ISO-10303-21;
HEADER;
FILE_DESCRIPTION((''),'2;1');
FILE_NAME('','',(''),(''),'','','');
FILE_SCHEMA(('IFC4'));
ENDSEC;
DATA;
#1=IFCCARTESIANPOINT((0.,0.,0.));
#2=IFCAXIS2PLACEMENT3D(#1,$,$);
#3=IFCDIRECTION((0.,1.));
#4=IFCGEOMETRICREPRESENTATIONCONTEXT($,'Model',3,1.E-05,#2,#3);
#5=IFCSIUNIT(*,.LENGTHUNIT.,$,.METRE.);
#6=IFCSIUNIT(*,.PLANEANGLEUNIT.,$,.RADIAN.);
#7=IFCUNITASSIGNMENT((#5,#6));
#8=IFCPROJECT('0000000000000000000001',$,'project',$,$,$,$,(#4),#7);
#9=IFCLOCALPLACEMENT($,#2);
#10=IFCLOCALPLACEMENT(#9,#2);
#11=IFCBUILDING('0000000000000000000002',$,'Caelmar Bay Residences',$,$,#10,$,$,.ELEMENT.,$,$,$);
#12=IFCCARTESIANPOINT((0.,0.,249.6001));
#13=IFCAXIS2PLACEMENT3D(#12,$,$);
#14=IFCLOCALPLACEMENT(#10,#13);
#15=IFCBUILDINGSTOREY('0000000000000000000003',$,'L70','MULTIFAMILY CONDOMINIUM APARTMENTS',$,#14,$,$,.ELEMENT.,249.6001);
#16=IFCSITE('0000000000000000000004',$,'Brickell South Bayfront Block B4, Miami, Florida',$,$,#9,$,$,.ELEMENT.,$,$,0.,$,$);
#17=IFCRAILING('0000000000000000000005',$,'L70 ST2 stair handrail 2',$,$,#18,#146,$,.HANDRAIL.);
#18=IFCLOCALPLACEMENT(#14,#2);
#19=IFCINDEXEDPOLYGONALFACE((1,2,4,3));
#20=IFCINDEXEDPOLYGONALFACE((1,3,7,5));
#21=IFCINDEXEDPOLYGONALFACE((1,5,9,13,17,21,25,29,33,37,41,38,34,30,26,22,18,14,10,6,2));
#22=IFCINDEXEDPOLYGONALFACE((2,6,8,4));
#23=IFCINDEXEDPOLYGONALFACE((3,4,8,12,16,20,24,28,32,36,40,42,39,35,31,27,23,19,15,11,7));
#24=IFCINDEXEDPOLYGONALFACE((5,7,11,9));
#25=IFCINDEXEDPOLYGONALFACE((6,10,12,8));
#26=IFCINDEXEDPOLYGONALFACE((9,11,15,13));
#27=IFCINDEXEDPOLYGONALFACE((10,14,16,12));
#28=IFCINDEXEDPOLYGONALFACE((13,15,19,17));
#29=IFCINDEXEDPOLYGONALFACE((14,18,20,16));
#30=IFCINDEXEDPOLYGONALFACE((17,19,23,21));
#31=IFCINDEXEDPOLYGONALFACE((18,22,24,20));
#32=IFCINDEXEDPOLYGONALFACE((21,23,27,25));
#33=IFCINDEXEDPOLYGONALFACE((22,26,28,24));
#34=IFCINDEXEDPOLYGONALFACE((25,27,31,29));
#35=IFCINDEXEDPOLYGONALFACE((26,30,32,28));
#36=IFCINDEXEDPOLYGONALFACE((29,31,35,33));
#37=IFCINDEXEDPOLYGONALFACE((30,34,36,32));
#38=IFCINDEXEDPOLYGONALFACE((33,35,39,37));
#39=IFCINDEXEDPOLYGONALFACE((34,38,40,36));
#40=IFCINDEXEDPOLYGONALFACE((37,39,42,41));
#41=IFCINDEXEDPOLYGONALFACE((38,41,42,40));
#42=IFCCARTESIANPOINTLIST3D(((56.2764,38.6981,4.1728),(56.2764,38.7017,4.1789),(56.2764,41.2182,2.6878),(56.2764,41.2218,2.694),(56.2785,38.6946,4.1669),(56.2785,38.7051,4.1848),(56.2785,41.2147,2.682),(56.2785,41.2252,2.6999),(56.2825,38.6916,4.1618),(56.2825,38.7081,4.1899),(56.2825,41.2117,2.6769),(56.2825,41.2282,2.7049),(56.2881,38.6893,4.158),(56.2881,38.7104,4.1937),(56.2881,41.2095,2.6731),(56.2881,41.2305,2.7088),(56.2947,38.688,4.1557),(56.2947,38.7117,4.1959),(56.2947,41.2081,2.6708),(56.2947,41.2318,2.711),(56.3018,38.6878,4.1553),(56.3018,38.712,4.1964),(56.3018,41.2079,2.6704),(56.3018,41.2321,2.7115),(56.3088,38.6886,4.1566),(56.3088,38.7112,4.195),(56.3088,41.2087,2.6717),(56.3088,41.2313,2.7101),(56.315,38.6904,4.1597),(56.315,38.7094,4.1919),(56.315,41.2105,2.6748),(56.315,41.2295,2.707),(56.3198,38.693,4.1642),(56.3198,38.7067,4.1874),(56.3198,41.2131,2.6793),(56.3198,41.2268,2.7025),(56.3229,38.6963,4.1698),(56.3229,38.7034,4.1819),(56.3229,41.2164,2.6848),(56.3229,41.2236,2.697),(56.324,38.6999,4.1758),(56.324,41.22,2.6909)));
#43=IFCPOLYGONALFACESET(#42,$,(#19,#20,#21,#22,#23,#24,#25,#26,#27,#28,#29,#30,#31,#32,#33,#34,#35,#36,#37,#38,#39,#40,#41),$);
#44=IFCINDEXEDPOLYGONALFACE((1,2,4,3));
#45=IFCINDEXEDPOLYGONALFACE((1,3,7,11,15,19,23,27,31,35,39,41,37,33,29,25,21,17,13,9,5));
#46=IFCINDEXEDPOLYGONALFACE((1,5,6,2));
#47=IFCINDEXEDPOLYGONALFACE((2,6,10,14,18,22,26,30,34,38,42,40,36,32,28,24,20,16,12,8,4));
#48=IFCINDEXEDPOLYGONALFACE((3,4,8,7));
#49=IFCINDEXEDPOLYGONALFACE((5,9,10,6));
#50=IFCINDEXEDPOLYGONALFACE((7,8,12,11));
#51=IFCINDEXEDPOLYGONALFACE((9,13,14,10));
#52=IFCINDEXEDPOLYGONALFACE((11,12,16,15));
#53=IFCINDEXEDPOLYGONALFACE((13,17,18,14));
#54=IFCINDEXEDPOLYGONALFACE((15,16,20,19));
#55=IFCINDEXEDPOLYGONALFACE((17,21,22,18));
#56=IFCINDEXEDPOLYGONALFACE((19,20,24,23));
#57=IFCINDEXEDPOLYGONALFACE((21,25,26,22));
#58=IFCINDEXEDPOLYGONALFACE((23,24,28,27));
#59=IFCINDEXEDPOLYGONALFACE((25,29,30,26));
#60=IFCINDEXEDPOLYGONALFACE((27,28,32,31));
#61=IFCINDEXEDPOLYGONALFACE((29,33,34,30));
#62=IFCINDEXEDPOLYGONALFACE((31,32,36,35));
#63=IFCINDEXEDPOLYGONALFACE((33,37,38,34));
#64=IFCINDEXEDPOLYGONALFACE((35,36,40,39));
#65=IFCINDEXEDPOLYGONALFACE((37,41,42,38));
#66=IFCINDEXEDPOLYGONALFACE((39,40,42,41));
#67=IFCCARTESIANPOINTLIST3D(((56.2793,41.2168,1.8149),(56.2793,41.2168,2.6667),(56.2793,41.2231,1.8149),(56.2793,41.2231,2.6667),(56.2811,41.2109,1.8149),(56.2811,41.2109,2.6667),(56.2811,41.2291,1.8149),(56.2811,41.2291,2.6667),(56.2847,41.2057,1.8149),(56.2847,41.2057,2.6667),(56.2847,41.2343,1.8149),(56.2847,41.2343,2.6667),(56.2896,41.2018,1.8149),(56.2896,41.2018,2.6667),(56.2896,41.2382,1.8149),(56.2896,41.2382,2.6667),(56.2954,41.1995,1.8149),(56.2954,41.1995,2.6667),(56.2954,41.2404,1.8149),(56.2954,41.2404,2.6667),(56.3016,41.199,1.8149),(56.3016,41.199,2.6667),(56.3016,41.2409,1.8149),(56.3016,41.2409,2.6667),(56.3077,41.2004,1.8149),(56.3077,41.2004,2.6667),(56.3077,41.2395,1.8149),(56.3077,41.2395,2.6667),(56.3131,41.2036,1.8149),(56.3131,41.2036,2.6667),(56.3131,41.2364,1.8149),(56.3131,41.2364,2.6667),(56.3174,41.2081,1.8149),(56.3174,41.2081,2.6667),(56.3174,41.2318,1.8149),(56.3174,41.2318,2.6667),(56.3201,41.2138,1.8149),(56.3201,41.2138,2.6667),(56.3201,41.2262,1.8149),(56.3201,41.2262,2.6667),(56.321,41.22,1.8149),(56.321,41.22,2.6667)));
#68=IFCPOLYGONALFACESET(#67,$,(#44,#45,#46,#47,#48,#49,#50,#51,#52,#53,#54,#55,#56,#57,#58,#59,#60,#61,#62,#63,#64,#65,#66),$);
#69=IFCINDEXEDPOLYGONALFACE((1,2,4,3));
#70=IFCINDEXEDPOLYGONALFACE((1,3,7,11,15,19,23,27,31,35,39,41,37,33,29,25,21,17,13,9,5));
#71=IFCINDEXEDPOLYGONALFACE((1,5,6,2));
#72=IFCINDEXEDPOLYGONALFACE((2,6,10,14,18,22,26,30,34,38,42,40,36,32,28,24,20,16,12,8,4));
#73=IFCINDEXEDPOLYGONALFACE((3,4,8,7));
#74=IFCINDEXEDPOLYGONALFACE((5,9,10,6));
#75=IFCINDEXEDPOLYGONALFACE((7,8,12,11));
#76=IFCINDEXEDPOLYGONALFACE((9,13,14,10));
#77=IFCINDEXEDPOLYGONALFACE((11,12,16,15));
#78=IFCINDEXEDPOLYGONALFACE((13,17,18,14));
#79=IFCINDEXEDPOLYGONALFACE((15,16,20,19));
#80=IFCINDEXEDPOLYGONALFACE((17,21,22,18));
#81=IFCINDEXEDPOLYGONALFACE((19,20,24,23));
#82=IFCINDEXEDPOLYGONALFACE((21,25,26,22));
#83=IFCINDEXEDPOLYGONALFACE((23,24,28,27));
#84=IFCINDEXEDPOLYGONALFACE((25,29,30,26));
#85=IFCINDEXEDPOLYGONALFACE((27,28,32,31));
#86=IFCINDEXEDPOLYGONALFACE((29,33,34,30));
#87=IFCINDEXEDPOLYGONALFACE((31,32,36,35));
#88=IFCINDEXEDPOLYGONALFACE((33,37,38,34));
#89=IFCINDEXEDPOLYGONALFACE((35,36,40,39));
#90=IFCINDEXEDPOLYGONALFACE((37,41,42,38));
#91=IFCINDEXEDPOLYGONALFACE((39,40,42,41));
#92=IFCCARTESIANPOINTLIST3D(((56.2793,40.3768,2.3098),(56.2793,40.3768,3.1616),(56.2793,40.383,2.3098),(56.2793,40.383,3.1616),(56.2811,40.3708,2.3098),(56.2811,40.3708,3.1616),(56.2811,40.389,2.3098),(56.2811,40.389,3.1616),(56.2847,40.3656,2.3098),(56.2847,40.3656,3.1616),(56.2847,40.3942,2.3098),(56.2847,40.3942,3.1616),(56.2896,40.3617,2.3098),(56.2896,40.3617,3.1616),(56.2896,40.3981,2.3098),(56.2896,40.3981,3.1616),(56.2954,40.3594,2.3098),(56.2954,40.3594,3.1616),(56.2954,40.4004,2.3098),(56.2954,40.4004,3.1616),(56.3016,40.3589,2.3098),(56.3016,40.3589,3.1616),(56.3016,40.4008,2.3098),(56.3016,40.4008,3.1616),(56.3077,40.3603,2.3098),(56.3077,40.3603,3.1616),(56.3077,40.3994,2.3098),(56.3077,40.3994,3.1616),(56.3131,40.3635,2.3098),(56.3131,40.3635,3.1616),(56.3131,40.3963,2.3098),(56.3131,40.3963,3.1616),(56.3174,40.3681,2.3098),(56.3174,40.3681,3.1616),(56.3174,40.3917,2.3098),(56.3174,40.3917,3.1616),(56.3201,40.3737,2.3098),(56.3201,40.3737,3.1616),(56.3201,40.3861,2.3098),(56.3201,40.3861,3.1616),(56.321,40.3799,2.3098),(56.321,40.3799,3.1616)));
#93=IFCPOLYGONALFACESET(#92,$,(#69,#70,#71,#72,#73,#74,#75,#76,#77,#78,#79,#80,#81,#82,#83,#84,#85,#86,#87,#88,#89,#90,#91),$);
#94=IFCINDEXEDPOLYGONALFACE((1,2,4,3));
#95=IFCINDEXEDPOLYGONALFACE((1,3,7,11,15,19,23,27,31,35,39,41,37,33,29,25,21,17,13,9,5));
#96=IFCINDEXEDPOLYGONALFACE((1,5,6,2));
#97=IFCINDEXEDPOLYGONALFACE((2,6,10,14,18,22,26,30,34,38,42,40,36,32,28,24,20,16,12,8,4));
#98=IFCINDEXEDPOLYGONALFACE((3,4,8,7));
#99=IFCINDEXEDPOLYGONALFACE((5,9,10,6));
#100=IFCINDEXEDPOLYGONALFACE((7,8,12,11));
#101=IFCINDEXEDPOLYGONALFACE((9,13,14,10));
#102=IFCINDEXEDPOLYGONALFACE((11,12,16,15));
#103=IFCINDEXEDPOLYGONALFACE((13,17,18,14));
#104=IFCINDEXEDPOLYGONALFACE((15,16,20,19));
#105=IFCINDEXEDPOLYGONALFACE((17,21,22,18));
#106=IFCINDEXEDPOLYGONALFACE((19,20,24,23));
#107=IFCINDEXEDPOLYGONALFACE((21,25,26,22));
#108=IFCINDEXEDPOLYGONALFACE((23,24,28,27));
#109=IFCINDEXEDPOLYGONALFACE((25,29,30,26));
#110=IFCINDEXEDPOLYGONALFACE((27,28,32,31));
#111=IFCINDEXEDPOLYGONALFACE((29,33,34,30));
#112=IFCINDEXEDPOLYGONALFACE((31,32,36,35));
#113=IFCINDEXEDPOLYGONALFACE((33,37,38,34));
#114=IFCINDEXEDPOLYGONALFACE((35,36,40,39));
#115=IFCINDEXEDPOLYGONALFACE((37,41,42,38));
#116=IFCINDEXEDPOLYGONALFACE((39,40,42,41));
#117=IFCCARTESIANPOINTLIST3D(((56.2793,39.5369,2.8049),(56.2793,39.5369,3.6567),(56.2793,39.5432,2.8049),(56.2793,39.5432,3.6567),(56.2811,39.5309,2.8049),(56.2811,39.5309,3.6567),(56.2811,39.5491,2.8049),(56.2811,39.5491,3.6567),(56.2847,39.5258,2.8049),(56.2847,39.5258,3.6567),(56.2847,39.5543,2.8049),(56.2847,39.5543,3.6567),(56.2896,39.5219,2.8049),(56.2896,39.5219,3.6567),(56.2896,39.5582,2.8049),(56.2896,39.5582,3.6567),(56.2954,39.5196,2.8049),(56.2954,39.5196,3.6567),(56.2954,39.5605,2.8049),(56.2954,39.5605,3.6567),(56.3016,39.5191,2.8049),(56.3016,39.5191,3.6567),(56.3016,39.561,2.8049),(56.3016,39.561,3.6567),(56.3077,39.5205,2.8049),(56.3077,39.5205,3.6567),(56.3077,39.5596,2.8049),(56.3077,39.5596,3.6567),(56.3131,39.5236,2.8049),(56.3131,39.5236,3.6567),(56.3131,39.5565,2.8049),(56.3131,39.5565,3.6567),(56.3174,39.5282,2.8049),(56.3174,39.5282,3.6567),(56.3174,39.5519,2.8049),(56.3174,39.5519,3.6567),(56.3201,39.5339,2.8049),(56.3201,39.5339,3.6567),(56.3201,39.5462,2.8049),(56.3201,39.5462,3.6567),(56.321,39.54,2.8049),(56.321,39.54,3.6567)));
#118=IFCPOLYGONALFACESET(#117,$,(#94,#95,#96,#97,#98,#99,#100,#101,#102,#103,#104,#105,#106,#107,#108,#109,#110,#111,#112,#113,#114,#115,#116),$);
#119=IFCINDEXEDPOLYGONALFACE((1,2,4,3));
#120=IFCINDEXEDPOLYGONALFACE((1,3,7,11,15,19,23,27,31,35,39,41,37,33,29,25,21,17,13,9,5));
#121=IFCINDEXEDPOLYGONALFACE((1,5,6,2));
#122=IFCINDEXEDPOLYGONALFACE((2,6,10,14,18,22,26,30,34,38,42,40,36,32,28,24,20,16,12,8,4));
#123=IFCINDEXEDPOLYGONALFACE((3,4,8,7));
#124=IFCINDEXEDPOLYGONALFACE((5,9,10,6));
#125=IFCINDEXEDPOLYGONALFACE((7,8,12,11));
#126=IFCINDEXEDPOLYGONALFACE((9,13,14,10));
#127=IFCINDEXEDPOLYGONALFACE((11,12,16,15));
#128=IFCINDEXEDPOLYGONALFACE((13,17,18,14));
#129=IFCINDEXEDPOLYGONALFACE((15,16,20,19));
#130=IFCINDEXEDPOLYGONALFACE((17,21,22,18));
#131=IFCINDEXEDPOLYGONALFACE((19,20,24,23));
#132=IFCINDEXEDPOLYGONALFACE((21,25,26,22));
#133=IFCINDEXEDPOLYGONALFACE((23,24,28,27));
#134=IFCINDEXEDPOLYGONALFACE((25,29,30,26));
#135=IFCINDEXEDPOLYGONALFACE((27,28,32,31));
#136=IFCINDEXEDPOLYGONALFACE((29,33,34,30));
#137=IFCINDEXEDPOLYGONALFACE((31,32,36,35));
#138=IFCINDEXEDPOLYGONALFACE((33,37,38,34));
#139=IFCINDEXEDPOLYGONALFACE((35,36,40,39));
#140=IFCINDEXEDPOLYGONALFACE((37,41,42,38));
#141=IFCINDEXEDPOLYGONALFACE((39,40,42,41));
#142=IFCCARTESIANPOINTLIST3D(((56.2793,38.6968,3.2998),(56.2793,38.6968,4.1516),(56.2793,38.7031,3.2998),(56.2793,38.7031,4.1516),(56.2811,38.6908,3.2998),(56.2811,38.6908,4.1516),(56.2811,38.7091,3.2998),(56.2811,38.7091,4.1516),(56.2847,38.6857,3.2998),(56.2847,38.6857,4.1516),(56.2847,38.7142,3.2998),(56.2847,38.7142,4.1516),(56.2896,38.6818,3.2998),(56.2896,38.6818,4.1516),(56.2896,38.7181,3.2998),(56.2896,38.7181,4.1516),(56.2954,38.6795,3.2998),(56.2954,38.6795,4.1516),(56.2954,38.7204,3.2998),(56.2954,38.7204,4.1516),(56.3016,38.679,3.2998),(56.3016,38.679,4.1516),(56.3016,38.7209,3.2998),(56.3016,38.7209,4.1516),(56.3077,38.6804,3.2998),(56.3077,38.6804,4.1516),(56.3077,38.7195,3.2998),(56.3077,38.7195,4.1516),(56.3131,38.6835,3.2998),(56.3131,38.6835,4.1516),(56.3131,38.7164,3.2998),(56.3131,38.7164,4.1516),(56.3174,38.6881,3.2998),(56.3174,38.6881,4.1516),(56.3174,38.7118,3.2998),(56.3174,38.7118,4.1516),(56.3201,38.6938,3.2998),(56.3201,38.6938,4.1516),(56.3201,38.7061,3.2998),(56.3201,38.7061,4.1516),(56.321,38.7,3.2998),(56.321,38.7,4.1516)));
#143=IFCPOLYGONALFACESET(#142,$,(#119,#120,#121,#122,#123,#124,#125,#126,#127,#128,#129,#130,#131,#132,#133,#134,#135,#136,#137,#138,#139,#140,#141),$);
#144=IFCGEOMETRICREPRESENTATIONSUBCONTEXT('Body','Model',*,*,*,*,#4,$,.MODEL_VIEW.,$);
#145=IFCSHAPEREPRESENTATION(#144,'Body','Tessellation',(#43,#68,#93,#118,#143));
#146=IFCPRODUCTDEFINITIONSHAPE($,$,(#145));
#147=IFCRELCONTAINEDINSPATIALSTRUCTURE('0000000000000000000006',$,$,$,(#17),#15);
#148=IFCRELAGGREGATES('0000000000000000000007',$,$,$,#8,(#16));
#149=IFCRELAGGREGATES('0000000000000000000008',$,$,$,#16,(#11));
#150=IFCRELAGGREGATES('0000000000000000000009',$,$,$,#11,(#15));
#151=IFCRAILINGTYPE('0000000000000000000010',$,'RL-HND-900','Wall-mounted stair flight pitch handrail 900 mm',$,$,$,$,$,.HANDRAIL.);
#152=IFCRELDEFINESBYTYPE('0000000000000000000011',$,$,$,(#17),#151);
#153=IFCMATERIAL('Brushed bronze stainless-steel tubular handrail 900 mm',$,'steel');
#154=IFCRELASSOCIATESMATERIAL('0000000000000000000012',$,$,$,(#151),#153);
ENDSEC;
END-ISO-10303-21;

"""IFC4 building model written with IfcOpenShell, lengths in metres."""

from ifc_helpers import new_model, si_unit, direction, frame, origin, origin_2d, place, context, subcontext, project, spatial, circle, extrude, material, type_object, element, save


model = new_model("IFC4")

# Units and contexts
model_context = context("Model", 3, precision=1e-05, world=origin(), true_north=direction((0.0, 1.0)))
body_context = subcontext(model_context, "Body", "Model", "MODEL_VIEW")
ifc_project = project(units=[si_unit("LENGTHUNIT", "METRE"), si_unit("PLANEANGLEUNIT", "RADIAN")], contexts=[model_context])

# Site, building, storey
site_placement = place(None, origin())
site = spatial("IfcSite", under=ifc_project, at=site_placement, Name="Brickell South Bayfront Block B4, Miami, Florida", CompositionType="ELEMENT", RefElevation=0.0)
building_placement = place(site_placement, origin())
building = spatial("IfcBuilding", under=site, at=building_placement, Name="Caelmar Bay Residences", CompositionType="ELEMENT")
storey_placement = place(building_placement, frame((0.0, 0.0, 249.6001)))
storey = spatial("IfcBuildingStorey", under=building, at=storey_placement, Name="L70", Description="MULTIFAMILY CONDOMINIUM APARTMENTS", CompositionType="ELEMENT", Elevation=249.6001)

# Railing
ifc_material_1 = material(Name="Brushed bronze stainless-steel tubular handrail 900 mm", Category="steel")
railing_type_1 = type_object("IfcRailingType", Name="RL-HND-900", Description="Wall-mounted stair flight pitch handrail 900 mm", PredefinedType="HANDRAIL", material=ifc_material_1)
railing_1_placement = place(storey_placement, frame((56.3, 41.22, 1.8149)))
element("IfcRailing", 1, at=railing_1_placement, inside=storey, type_object=railing_type_1, Name="L70 ST2 stair handrail 2", PredefinedType="HANDRAIL", context=body_context, shape_type="SweptSolid", body=[
    extrude(circle(Radius=0.0239, at=origin_2d()), frame((0.0, 0.0, 0.876), z_axis=(0.0, -0.861561, 0.507655), x_axis=(1.0, 0.0, 0.0)), (0.0, 0.0, 1.0), 2.925),
    extrude(circle(Radius=0.021, at=origin_2d()), origin(), (0.0, 0.0, 1.0), 0.8518),
    extrude(circle(Radius=0.021, at=origin_2d()), frame((0.0, -0.8401, 0.4949)), (0.0, 0.0, 1.0), 0.8518),
    extrude(circle(Radius=0.021, at=origin_2d()), frame((0.0, -1.6799, 0.99)), (0.0, 0.0, 1.0), 0.8518),
    extrude(circle(Radius=0.021, at=origin_2d()), frame((0.0, -2.52, 1.4849)), (0.0, 0.0, 1.0), 0.8518),
])

save(model, "model.ifc")
